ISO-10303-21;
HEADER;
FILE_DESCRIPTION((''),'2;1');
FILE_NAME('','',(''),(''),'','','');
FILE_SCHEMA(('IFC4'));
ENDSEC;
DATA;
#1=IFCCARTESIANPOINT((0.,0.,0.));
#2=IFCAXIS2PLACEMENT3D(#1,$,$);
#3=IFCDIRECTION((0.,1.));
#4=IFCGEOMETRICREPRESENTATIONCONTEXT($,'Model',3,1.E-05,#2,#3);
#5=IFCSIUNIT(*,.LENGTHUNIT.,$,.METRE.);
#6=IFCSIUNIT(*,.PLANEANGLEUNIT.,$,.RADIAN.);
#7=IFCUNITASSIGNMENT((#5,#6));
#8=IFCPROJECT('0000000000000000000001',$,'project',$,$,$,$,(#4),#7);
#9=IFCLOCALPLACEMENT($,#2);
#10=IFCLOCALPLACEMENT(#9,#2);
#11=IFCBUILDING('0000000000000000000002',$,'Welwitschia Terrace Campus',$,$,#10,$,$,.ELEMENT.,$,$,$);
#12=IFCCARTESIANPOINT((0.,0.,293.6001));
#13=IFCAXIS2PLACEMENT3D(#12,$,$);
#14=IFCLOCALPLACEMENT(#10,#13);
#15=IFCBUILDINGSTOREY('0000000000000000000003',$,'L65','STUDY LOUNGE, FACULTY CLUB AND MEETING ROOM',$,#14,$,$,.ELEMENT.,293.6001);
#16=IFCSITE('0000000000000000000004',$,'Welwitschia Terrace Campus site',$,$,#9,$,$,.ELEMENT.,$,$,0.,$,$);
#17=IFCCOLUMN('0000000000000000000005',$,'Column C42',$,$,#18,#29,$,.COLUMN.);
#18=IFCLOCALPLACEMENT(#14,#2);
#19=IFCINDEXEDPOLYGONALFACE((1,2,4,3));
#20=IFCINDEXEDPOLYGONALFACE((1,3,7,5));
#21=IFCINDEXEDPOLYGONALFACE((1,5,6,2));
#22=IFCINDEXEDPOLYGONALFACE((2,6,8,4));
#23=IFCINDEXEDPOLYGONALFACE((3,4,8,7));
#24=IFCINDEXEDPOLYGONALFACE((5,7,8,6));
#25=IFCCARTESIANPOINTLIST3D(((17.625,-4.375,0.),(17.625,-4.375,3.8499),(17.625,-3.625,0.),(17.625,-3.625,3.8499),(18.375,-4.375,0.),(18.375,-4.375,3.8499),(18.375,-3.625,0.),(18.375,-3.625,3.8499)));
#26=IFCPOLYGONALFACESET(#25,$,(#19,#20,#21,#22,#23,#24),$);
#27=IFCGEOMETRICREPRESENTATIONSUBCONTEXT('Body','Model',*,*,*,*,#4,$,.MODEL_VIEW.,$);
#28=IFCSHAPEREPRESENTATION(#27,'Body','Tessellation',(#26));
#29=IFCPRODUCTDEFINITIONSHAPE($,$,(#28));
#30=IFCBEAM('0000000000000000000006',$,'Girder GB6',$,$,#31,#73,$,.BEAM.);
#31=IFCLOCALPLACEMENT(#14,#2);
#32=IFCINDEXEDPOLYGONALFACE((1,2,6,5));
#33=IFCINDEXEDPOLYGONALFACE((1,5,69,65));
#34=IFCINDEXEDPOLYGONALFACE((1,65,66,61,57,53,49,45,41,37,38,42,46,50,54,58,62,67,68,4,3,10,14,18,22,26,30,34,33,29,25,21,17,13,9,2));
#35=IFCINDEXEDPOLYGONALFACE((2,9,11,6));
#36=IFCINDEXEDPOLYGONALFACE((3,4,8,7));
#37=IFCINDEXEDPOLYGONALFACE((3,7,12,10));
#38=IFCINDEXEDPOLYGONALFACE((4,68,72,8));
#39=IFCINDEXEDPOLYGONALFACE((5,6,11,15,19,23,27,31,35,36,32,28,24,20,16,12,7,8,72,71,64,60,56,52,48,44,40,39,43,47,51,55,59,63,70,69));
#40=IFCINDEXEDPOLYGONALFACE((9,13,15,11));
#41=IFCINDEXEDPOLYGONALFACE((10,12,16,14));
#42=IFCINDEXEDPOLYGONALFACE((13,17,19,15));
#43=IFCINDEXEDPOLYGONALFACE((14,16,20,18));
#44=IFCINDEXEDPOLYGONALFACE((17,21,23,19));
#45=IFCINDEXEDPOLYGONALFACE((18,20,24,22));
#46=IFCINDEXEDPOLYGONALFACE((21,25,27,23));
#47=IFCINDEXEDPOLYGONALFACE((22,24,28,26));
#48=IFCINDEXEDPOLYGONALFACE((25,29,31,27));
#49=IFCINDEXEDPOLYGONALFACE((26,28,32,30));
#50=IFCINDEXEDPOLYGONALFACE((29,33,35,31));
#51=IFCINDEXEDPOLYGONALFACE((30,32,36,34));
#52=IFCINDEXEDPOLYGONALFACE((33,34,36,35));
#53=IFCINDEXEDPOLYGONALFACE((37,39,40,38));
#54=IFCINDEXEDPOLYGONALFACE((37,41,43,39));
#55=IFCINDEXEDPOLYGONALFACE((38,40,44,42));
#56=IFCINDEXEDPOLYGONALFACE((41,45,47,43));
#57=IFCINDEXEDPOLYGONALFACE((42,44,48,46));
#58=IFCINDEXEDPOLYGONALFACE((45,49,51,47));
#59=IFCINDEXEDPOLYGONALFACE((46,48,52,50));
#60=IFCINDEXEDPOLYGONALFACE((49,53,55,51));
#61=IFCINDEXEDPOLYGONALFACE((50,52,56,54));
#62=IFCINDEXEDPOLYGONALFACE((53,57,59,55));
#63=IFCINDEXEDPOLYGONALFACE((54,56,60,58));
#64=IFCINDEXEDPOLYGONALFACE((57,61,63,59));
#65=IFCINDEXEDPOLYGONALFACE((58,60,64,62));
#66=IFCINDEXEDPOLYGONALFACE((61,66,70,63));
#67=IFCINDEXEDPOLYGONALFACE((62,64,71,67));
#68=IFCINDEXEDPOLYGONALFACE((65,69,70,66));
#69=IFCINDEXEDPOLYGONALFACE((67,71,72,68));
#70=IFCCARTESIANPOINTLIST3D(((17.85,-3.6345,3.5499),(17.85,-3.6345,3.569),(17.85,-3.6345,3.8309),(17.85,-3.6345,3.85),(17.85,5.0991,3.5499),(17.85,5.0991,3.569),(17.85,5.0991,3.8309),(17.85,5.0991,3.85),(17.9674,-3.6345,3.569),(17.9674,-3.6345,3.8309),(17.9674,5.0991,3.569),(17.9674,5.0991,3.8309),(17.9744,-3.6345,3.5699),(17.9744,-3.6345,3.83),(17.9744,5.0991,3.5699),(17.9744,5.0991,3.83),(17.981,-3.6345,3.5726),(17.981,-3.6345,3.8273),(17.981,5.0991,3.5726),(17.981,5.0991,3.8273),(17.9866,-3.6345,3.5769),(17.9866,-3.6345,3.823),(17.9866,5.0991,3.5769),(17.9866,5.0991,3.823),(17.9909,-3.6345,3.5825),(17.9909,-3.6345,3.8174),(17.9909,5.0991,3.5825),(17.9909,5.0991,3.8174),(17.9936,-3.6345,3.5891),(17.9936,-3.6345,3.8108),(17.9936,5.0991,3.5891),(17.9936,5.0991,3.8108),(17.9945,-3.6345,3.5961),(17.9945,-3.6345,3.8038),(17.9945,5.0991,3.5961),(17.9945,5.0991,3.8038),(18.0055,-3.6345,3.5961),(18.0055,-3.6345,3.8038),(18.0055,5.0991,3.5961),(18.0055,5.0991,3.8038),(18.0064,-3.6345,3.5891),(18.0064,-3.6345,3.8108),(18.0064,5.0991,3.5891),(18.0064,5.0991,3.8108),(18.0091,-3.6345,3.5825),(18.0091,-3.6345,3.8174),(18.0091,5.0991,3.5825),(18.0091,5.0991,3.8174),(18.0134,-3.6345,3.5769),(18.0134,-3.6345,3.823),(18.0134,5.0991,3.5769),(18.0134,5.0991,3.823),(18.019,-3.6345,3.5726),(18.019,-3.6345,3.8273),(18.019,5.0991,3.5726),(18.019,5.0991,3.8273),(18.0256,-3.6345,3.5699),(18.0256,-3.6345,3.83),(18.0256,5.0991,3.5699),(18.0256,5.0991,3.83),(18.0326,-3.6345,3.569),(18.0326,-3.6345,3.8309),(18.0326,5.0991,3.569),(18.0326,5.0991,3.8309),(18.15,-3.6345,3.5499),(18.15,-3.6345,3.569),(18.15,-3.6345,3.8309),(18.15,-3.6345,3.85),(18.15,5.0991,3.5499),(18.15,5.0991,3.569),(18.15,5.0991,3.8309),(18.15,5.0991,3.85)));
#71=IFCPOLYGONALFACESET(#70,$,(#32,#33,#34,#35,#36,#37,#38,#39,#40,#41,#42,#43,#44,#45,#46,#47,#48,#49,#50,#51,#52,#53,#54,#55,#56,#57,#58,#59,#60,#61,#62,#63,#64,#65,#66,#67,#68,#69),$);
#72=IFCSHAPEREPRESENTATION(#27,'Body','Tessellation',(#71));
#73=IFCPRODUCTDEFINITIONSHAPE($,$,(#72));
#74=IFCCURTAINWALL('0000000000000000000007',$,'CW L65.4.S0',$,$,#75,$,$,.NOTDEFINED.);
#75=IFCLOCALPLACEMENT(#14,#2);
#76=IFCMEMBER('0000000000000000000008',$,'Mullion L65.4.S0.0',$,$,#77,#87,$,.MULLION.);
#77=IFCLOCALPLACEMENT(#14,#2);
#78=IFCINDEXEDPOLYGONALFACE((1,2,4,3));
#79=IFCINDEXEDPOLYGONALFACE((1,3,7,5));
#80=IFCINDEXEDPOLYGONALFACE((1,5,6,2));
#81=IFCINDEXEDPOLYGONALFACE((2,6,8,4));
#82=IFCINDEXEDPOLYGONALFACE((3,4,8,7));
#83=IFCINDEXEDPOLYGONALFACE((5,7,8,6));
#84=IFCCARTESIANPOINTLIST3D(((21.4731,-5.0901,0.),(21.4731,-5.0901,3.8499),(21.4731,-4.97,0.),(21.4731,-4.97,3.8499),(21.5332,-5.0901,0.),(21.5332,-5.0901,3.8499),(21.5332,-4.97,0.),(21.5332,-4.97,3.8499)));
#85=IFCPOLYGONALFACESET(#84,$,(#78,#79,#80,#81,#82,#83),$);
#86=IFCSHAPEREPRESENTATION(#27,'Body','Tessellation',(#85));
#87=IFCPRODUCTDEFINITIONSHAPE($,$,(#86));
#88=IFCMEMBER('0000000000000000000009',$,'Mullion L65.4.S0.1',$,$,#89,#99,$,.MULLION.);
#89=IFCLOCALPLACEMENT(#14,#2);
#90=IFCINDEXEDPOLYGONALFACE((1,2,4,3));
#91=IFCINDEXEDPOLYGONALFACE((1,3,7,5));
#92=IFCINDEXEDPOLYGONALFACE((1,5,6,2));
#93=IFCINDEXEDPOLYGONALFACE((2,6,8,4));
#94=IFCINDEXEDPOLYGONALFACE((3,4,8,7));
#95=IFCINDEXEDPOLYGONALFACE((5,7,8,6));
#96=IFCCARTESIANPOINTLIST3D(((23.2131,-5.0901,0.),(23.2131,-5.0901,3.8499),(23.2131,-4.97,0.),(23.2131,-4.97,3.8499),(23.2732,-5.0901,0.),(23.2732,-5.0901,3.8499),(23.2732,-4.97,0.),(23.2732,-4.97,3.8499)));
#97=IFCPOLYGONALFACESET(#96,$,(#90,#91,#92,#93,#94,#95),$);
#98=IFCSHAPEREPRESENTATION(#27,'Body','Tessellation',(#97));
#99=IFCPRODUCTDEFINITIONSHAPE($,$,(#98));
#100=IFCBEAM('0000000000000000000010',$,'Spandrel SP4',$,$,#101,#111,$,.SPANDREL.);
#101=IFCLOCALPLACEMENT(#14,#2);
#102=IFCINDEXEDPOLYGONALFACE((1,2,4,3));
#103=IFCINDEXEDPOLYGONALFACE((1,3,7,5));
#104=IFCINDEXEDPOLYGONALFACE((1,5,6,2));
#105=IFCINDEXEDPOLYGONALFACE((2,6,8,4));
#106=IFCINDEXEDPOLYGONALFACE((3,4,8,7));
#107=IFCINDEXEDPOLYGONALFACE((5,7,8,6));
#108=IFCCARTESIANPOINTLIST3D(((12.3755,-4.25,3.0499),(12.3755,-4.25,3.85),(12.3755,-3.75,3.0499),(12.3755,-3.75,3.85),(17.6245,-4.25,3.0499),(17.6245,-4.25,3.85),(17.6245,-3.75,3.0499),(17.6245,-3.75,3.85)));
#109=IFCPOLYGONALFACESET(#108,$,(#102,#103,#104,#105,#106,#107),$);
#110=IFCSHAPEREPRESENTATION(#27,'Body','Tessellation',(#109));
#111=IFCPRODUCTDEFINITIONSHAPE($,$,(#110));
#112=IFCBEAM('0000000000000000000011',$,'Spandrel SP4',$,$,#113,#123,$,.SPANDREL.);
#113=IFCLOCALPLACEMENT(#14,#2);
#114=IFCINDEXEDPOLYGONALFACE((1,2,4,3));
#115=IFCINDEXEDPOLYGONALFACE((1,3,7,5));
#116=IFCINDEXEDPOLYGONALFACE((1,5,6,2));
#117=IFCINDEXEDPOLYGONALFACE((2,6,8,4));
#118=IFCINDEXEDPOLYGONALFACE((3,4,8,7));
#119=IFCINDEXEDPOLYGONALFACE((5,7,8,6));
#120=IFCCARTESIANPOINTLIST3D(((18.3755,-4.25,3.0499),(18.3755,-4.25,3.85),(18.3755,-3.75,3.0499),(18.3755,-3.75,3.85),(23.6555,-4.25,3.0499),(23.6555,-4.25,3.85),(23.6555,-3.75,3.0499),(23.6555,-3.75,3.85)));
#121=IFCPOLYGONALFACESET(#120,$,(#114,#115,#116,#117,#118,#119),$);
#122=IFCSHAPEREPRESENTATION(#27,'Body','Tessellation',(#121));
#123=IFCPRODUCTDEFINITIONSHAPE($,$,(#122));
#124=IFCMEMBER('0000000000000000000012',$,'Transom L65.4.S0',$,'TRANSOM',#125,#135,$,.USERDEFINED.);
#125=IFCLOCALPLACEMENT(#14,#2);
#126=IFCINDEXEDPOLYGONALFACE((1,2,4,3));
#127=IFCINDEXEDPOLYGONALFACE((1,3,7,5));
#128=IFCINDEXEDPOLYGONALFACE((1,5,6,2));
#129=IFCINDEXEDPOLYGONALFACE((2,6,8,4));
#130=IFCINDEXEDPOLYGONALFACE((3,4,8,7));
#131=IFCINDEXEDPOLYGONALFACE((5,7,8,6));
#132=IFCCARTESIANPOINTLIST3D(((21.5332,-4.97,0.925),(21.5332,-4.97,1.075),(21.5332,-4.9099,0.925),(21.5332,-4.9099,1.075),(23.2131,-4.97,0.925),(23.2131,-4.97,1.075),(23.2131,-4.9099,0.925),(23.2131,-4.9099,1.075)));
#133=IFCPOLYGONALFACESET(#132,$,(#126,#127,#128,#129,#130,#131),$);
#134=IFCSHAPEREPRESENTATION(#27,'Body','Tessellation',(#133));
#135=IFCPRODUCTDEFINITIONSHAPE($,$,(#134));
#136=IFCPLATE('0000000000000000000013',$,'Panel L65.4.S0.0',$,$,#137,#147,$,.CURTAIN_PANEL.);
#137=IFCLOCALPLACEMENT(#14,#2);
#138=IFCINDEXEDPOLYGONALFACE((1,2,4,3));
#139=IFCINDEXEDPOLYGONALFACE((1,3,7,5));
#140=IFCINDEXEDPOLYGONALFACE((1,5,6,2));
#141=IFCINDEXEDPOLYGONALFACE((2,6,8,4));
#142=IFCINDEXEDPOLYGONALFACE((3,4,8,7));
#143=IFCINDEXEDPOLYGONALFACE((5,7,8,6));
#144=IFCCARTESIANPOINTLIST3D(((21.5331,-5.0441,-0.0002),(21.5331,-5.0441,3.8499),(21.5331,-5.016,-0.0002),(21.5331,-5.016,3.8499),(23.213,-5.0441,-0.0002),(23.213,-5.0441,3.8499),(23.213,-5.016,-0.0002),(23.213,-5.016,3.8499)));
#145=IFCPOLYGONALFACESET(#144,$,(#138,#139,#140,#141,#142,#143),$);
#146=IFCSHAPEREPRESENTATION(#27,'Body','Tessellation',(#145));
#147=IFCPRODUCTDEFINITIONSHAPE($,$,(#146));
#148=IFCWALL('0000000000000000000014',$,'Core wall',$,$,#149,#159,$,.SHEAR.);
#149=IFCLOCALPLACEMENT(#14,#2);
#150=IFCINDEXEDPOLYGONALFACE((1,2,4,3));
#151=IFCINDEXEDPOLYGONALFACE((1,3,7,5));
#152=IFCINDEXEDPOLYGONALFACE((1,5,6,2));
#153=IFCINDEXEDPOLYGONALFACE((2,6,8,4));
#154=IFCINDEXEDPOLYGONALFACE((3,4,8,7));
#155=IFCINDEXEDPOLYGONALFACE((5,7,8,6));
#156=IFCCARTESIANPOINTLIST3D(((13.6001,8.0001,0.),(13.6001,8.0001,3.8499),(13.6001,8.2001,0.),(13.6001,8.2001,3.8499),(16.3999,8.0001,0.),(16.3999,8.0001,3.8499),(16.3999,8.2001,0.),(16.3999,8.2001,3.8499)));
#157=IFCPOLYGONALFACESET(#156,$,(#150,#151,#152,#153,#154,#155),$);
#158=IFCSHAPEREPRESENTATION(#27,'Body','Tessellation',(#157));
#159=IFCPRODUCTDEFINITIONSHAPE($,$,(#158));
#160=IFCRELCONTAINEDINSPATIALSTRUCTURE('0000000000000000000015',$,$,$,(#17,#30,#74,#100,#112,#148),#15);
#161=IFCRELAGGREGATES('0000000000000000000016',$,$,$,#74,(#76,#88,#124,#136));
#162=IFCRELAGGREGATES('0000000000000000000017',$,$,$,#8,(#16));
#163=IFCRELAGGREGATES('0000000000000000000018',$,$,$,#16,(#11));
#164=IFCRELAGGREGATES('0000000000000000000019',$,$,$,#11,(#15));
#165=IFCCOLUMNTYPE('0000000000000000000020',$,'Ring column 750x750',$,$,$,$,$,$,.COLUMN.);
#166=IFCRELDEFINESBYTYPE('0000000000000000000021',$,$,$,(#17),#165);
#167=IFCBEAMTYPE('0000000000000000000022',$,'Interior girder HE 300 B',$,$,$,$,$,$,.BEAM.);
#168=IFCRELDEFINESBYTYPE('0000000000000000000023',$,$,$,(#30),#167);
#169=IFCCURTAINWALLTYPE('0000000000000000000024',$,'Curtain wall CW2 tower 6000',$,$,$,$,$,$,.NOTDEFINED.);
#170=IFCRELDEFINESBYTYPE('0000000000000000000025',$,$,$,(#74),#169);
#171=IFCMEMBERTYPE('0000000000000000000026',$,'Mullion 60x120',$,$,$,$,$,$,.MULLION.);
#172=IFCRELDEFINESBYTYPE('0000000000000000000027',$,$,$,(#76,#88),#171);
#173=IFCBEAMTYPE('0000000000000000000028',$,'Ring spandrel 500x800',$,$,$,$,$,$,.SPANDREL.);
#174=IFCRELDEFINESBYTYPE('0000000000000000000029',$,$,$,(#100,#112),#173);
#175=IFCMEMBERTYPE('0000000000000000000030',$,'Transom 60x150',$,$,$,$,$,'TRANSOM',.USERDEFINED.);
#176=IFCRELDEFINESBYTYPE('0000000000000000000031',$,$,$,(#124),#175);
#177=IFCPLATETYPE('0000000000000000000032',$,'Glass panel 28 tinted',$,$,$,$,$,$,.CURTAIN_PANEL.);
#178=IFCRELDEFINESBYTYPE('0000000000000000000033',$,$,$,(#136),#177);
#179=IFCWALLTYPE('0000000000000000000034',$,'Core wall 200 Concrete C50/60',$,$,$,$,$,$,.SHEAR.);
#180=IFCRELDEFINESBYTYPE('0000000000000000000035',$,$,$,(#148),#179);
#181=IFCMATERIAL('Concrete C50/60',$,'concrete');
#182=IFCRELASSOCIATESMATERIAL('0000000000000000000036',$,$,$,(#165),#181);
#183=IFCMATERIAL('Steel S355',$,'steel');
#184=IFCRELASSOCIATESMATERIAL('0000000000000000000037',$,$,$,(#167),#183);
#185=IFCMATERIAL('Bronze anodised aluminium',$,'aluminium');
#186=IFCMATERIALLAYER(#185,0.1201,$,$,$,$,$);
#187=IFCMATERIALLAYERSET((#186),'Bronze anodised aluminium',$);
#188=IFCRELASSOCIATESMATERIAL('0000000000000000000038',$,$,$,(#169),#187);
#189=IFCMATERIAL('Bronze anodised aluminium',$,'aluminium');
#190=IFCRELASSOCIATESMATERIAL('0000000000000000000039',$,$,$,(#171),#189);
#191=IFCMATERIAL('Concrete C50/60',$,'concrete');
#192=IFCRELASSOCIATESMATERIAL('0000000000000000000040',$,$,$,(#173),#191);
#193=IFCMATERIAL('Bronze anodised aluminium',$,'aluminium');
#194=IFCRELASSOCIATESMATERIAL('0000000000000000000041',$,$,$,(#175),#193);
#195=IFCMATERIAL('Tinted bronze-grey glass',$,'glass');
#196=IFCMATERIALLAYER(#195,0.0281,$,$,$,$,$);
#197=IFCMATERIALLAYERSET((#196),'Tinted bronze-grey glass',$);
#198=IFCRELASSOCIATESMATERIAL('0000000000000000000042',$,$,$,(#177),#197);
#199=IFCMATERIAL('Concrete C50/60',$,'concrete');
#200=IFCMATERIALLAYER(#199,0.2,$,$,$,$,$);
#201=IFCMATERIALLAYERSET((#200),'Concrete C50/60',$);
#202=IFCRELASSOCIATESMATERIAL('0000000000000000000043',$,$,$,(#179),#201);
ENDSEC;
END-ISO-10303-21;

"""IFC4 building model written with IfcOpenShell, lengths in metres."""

from ifc_helpers import new_model, si_unit, direction, frame, frame_2d, origin, origin_2d, place, context, subcontext, project, spatial, rectangle, i_section, extrude, material, layer, layer_set, material_profile, profile_set, type_object, element, aggregate, save


model = new_model("IFC4")

# Units and contexts
model_context = context("Model", 3, precision=1e-05, world=origin(), true_north=direction((0.0, 1.0)))
body_context = subcontext(model_context, "Body", "Model", "MODEL_VIEW")
ifc_project = project(units=[si_unit("LENGTHUNIT", "METRE"), si_unit("PLANEANGLEUNIT", "RADIAN")], contexts=[model_context])

# Site, building, storey
site_placement = place(None, origin())
site = spatial("IfcSite", under=ifc_project, at=site_placement, Name="Welwitschia Terrace Campus site", CompositionType="ELEMENT", RefElevation=0.0)
building_placement = place(site_placement, origin())
building = spatial("IfcBuilding", under=site, at=building_placement, Name="Welwitschia Terrace Campus", CompositionType="ELEMENT")
storey_placement = place(building_placement, frame((0.0, 0.0, 293.6001)))
storey = spatial("IfcBuildingStorey", under=building, at=storey_placement, Name="L65", Description="STUDY LOUNGE, FACULTY CLUB AND MEETING ROOM", CompositionType="ELEMENT", Elevation=293.6001)

# Column
ifc_material_1 = material(Name="Concrete C50/60", Category="concrete")
ifc_material_profile_1 = material_profile(ifc_material_1, rectangle(XDim=0.75, YDim=0.75, at=origin_2d()))
ifc_profile_set_1 = profile_set([ifc_material_profile_1], Name="Concrete C50/60")
column_type = type_object("IfcColumnType", Name="Ring column 750x750", PredefinedType="COLUMN", material=ifc_profile_set_1)
column_placement = place(storey_placement, frame((18.0, -4.0, 0.0), z_axis=(0.0, 0.0, 1.0), x_axis=(1.0, 0.0, 0.0)))
element("IfcColumn", 1, at=column_placement, inside=storey, type_object=column_type, Name="Column C42", PredefinedType="COLUMN", context=body_context, shape_type="SweptSolid", body=[
    extrude(rectangle(XDim=0.75, YDim=0.75, at=origin_2d()), origin(), (0.0, 0.0, 1.0), 3.8499),
])

# Beam
ifc_material_2 = material(Name="Steel S355", Category="steel")
ifc_material_profile_2 = material_profile(ifc_material_2, i_section(OverallWidth=0.3, OverallDepth=0.3, WebThickness=0.011, FlangeThickness=0.019, FilletRadius=0.0271, at=origin_2d()))
ifc_profile_set_2 = profile_set([ifc_material_profile_2], Name="Steel S355")
beam_type_1 = type_object("IfcBeamType", Name="Interior girder HE 300 B", PredefinedType="BEAM", material=ifc_profile_set_2)
beam_1_placement = place(storey_placement, frame((18.0, -3.6345, 3.7), z_axis=(0.0, 1.0, 0.0), x_axis=(-1.0, 0.0, 0.0)))
element("IfcBeam", 2, at=beam_1_placement, inside=storey, type_object=beam_type_1, Name="Girder GB6", PredefinedType="BEAM", context=body_context, shape_type="SweptSolid", body=[
    extrude(i_section(OverallWidth=0.3, OverallDepth=0.3, WebThickness=0.011, FlangeThickness=0.019, FilletRadius=0.0271, at=origin_2d()), origin(), (0.0, 0.0, 1.0), 8.7336),
])

# Curtain wall, members
ifc_material_3 = material(Name="Bronze anodised aluminium", Category="aluminium")
ifc_layer_1 = layer(ifc_material_3, 0.1201)
ifc_layer_set_1 = layer_set([ifc_layer_1], Name="Bronze anodised aluminium")
curtain_wall_type = type_object("IfcCurtainWallType", Name="Curtain wall CW2 tower 6000", PredefinedType="NOTDEFINED", material=ifc_layer_set_1)
curtain_wall_placement = place(storey_placement, origin())
curtain_wall = element("IfcCurtainWall", 3, at=curtain_wall_placement, inside=storey, type_object=curtain_wall_type, Name="CW L65.4.S0", PredefinedType="NOTDEFINED")
ifc_material_4 = material(Name="Bronze anodised aluminium", Category="aluminium")
ifc_material_profile_3 = material_profile(ifc_material_4, rectangle(XDim=0.1201, YDim=0.0601, at=origin_2d()))
ifc_profile_set_3 = profile_set([ifc_material_profile_3], Name="Bronze anodised aluminium")
member_type_1 = type_object("IfcMemberType", Name="Mullion 60x120", PredefinedType="MULLION", material=ifc_profile_set_3)
member_1_placement = place(storey_placement, frame((21.5032, -5.03, 0.0), z_axis=(0.0, 0.0, 1.0), x_axis=(0.0, 1.0, 0.0)))
member_1 = element("IfcMember", 4, at=member_1_placement, type_object=member_type_1, Name="Mullion L65.4.S0.0", PredefinedType="MULLION", context=body_context, shape_type="SweptSolid", body=[
    extrude(rectangle(XDim=0.1201, YDim=0.0601, at=origin_2d()), origin(), (0.0, 0.0, 1.0), 3.8499),
])
member_2_placement = place(storey_placement, frame((23.2432, -5.03, 0.0), z_axis=(0.0, 0.0, 1.0), x_axis=(0.0, 1.0, 0.0)))
member_2 = element("IfcMember", 5, at=member_2_placement, type_object=member_type_1, Name="Mullion L65.4.S0.1", PredefinedType="MULLION", context=body_context, shape_type="SweptSolid", body=[
    extrude(rectangle(XDim=0.1201, YDim=0.0601, at=origin_2d()), origin(), (0.0, 0.0, 1.0), 3.8499),
])

# Beams
ifc_material_5 = material(Name="Concrete C50/60", Category="concrete")
ifc_material_profile_4 = material_profile(ifc_material_5, rectangle(XDim=0.5, YDim=0.8, at=origin_2d()))
ifc_profile_set_4 = profile_set([ifc_material_profile_4], Name="Concrete C50/60")
beam_type_2 = type_object("IfcBeamType", Name="Ring spandrel 500x800", PredefinedType="SPANDREL", material=ifc_profile_set_4)
beam_2_placement = place(storey_placement, frame((12.3755, -4.0, 3.45), z_axis=(1.0, 0.0, 0.0), x_axis=(0.0, 1.0, 0.0)))
element("IfcBeam", 6, at=beam_2_placement, inside=storey, type_object=beam_type_2, Name="Spandrel SP4", PredefinedType="SPANDREL", context=body_context, shape_type="SweptSolid", body=[
    extrude(rectangle(XDim=0.5, YDim=0.8, at=origin_2d()), origin(), (0.0, 0.0, 1.0), 5.249),
])
beam_3_placement = place(storey_placement, frame((18.3755, -4.0, 3.45), z_axis=(1.0, 0.0, 0.0), x_axis=(0.0, 1.0, 0.0)))
element("IfcBeam", 7, at=beam_3_placement, inside=storey, type_object=beam_type_2, Name="Spandrel SP4", PredefinedType="SPANDREL", context=body_context, shape_type="SweptSolid", body=[
    extrude(rectangle(XDim=0.5, YDim=0.8, at=origin_2d()), origin(), (0.0, 0.0, 1.0), 5.28),
])

# Member
ifc_material_6 = material(Name="Bronze anodised aluminium", Category="aluminium")
ifc_material_profile_5 = material_profile(ifc_material_6, rectangle(XDim=0.0601, YDim=0.1499, at=origin_2d()))
ifc_profile_set_5 = profile_set([ifc_material_profile_5], Name="Bronze anodised aluminium")
member_type_2 = type_object("IfcMemberType", Name="Transom 60x150", ElementType="TRANSOM", PredefinedType="USERDEFINED", material=ifc_profile_set_5)
member_3_placement = place(storey_placement, frame((21.5332, -4.9399, 1.0), z_axis=(1.0, 0.0, 0.0), x_axis=(0.0, 1.0, 0.0)))
member_3 = element("IfcMember", 8, at=member_3_placement, type_object=member_type_2, Name="Transom L65.4.S0", ObjectType="TRANSOM", PredefinedType="USERDEFINED", context=body_context, shape_type="SweptSolid", body=[
    extrude(rectangle(XDim=0.0601, YDim=0.1499, at=origin_2d()), origin(), (0.0, 0.0, 1.0), 1.6799),
])

# Plate
ifc_material_7 = material(Name="Tinted bronze-grey glass", Category="glass")
ifc_layer_2 = layer(ifc_material_7, 0.0281)
ifc_layer_set_2 = layer_set([ifc_layer_2], Name="Tinted bronze-grey glass")
plate_type = type_object("IfcPlateType", Name="Glass panel 28 tinted", PredefinedType="CURTAIN_PANEL", material=ifc_layer_set_2)
plate_placement = place(storey_placement, frame((22.373, -5.03, -0.0002), z_axis=(0.0, 0.0, 1.0), x_axis=(1.0, 0.0, 0.0)))
plate = element("IfcPlate", 9, at=plate_placement, type_object=plate_type, Name="Panel L65.4.S0.0", PredefinedType="CURTAIN_PANEL", context=body_context, shape_type="SweptSolid", body=[
    extrude(rectangle(XDim=1.6799, YDim=0.0281, at=origin_2d()), origin(), (0.0, 0.0, 1.0), 3.8501),
])
aggregate(curtain_wall, [member_1, member_2, member_3, plate])

# Wall
ifc_material_8 = material(Name="Concrete C50/60", Category="concrete")
ifc_layer_3 = layer(ifc_material_8, 0.2)
ifc_layer_set_3 = layer_set([ifc_layer_3], Name="Concrete C50/60")
wall_type_1 = type_object("IfcWallType", Name="Core wall 200 Concrete C50/60", PredefinedType="SHEAR", material=ifc_layer_set_3)
wall_1_placement = place(storey_placement, frame((13.6001, 8.1001, 0.0), z_axis=(0.0, 0.0, 1.0), x_axis=(1.0, 0.0, 0.0)))
element("IfcWall", 10, at=wall_1_placement, inside=storey, type_object=wall_type_1, Name="Core wall", PredefinedType="SHEAR", context=body_context, shape_type="SweptSolid", body=[
    extrude(rectangle(XDim=2.7998, YDim=0.2, at=frame_2d((1.3999, 0.0))), origin(), (0.0, 0.0, 1.0), 3.8499),
])

save(model, "model.ifc")
